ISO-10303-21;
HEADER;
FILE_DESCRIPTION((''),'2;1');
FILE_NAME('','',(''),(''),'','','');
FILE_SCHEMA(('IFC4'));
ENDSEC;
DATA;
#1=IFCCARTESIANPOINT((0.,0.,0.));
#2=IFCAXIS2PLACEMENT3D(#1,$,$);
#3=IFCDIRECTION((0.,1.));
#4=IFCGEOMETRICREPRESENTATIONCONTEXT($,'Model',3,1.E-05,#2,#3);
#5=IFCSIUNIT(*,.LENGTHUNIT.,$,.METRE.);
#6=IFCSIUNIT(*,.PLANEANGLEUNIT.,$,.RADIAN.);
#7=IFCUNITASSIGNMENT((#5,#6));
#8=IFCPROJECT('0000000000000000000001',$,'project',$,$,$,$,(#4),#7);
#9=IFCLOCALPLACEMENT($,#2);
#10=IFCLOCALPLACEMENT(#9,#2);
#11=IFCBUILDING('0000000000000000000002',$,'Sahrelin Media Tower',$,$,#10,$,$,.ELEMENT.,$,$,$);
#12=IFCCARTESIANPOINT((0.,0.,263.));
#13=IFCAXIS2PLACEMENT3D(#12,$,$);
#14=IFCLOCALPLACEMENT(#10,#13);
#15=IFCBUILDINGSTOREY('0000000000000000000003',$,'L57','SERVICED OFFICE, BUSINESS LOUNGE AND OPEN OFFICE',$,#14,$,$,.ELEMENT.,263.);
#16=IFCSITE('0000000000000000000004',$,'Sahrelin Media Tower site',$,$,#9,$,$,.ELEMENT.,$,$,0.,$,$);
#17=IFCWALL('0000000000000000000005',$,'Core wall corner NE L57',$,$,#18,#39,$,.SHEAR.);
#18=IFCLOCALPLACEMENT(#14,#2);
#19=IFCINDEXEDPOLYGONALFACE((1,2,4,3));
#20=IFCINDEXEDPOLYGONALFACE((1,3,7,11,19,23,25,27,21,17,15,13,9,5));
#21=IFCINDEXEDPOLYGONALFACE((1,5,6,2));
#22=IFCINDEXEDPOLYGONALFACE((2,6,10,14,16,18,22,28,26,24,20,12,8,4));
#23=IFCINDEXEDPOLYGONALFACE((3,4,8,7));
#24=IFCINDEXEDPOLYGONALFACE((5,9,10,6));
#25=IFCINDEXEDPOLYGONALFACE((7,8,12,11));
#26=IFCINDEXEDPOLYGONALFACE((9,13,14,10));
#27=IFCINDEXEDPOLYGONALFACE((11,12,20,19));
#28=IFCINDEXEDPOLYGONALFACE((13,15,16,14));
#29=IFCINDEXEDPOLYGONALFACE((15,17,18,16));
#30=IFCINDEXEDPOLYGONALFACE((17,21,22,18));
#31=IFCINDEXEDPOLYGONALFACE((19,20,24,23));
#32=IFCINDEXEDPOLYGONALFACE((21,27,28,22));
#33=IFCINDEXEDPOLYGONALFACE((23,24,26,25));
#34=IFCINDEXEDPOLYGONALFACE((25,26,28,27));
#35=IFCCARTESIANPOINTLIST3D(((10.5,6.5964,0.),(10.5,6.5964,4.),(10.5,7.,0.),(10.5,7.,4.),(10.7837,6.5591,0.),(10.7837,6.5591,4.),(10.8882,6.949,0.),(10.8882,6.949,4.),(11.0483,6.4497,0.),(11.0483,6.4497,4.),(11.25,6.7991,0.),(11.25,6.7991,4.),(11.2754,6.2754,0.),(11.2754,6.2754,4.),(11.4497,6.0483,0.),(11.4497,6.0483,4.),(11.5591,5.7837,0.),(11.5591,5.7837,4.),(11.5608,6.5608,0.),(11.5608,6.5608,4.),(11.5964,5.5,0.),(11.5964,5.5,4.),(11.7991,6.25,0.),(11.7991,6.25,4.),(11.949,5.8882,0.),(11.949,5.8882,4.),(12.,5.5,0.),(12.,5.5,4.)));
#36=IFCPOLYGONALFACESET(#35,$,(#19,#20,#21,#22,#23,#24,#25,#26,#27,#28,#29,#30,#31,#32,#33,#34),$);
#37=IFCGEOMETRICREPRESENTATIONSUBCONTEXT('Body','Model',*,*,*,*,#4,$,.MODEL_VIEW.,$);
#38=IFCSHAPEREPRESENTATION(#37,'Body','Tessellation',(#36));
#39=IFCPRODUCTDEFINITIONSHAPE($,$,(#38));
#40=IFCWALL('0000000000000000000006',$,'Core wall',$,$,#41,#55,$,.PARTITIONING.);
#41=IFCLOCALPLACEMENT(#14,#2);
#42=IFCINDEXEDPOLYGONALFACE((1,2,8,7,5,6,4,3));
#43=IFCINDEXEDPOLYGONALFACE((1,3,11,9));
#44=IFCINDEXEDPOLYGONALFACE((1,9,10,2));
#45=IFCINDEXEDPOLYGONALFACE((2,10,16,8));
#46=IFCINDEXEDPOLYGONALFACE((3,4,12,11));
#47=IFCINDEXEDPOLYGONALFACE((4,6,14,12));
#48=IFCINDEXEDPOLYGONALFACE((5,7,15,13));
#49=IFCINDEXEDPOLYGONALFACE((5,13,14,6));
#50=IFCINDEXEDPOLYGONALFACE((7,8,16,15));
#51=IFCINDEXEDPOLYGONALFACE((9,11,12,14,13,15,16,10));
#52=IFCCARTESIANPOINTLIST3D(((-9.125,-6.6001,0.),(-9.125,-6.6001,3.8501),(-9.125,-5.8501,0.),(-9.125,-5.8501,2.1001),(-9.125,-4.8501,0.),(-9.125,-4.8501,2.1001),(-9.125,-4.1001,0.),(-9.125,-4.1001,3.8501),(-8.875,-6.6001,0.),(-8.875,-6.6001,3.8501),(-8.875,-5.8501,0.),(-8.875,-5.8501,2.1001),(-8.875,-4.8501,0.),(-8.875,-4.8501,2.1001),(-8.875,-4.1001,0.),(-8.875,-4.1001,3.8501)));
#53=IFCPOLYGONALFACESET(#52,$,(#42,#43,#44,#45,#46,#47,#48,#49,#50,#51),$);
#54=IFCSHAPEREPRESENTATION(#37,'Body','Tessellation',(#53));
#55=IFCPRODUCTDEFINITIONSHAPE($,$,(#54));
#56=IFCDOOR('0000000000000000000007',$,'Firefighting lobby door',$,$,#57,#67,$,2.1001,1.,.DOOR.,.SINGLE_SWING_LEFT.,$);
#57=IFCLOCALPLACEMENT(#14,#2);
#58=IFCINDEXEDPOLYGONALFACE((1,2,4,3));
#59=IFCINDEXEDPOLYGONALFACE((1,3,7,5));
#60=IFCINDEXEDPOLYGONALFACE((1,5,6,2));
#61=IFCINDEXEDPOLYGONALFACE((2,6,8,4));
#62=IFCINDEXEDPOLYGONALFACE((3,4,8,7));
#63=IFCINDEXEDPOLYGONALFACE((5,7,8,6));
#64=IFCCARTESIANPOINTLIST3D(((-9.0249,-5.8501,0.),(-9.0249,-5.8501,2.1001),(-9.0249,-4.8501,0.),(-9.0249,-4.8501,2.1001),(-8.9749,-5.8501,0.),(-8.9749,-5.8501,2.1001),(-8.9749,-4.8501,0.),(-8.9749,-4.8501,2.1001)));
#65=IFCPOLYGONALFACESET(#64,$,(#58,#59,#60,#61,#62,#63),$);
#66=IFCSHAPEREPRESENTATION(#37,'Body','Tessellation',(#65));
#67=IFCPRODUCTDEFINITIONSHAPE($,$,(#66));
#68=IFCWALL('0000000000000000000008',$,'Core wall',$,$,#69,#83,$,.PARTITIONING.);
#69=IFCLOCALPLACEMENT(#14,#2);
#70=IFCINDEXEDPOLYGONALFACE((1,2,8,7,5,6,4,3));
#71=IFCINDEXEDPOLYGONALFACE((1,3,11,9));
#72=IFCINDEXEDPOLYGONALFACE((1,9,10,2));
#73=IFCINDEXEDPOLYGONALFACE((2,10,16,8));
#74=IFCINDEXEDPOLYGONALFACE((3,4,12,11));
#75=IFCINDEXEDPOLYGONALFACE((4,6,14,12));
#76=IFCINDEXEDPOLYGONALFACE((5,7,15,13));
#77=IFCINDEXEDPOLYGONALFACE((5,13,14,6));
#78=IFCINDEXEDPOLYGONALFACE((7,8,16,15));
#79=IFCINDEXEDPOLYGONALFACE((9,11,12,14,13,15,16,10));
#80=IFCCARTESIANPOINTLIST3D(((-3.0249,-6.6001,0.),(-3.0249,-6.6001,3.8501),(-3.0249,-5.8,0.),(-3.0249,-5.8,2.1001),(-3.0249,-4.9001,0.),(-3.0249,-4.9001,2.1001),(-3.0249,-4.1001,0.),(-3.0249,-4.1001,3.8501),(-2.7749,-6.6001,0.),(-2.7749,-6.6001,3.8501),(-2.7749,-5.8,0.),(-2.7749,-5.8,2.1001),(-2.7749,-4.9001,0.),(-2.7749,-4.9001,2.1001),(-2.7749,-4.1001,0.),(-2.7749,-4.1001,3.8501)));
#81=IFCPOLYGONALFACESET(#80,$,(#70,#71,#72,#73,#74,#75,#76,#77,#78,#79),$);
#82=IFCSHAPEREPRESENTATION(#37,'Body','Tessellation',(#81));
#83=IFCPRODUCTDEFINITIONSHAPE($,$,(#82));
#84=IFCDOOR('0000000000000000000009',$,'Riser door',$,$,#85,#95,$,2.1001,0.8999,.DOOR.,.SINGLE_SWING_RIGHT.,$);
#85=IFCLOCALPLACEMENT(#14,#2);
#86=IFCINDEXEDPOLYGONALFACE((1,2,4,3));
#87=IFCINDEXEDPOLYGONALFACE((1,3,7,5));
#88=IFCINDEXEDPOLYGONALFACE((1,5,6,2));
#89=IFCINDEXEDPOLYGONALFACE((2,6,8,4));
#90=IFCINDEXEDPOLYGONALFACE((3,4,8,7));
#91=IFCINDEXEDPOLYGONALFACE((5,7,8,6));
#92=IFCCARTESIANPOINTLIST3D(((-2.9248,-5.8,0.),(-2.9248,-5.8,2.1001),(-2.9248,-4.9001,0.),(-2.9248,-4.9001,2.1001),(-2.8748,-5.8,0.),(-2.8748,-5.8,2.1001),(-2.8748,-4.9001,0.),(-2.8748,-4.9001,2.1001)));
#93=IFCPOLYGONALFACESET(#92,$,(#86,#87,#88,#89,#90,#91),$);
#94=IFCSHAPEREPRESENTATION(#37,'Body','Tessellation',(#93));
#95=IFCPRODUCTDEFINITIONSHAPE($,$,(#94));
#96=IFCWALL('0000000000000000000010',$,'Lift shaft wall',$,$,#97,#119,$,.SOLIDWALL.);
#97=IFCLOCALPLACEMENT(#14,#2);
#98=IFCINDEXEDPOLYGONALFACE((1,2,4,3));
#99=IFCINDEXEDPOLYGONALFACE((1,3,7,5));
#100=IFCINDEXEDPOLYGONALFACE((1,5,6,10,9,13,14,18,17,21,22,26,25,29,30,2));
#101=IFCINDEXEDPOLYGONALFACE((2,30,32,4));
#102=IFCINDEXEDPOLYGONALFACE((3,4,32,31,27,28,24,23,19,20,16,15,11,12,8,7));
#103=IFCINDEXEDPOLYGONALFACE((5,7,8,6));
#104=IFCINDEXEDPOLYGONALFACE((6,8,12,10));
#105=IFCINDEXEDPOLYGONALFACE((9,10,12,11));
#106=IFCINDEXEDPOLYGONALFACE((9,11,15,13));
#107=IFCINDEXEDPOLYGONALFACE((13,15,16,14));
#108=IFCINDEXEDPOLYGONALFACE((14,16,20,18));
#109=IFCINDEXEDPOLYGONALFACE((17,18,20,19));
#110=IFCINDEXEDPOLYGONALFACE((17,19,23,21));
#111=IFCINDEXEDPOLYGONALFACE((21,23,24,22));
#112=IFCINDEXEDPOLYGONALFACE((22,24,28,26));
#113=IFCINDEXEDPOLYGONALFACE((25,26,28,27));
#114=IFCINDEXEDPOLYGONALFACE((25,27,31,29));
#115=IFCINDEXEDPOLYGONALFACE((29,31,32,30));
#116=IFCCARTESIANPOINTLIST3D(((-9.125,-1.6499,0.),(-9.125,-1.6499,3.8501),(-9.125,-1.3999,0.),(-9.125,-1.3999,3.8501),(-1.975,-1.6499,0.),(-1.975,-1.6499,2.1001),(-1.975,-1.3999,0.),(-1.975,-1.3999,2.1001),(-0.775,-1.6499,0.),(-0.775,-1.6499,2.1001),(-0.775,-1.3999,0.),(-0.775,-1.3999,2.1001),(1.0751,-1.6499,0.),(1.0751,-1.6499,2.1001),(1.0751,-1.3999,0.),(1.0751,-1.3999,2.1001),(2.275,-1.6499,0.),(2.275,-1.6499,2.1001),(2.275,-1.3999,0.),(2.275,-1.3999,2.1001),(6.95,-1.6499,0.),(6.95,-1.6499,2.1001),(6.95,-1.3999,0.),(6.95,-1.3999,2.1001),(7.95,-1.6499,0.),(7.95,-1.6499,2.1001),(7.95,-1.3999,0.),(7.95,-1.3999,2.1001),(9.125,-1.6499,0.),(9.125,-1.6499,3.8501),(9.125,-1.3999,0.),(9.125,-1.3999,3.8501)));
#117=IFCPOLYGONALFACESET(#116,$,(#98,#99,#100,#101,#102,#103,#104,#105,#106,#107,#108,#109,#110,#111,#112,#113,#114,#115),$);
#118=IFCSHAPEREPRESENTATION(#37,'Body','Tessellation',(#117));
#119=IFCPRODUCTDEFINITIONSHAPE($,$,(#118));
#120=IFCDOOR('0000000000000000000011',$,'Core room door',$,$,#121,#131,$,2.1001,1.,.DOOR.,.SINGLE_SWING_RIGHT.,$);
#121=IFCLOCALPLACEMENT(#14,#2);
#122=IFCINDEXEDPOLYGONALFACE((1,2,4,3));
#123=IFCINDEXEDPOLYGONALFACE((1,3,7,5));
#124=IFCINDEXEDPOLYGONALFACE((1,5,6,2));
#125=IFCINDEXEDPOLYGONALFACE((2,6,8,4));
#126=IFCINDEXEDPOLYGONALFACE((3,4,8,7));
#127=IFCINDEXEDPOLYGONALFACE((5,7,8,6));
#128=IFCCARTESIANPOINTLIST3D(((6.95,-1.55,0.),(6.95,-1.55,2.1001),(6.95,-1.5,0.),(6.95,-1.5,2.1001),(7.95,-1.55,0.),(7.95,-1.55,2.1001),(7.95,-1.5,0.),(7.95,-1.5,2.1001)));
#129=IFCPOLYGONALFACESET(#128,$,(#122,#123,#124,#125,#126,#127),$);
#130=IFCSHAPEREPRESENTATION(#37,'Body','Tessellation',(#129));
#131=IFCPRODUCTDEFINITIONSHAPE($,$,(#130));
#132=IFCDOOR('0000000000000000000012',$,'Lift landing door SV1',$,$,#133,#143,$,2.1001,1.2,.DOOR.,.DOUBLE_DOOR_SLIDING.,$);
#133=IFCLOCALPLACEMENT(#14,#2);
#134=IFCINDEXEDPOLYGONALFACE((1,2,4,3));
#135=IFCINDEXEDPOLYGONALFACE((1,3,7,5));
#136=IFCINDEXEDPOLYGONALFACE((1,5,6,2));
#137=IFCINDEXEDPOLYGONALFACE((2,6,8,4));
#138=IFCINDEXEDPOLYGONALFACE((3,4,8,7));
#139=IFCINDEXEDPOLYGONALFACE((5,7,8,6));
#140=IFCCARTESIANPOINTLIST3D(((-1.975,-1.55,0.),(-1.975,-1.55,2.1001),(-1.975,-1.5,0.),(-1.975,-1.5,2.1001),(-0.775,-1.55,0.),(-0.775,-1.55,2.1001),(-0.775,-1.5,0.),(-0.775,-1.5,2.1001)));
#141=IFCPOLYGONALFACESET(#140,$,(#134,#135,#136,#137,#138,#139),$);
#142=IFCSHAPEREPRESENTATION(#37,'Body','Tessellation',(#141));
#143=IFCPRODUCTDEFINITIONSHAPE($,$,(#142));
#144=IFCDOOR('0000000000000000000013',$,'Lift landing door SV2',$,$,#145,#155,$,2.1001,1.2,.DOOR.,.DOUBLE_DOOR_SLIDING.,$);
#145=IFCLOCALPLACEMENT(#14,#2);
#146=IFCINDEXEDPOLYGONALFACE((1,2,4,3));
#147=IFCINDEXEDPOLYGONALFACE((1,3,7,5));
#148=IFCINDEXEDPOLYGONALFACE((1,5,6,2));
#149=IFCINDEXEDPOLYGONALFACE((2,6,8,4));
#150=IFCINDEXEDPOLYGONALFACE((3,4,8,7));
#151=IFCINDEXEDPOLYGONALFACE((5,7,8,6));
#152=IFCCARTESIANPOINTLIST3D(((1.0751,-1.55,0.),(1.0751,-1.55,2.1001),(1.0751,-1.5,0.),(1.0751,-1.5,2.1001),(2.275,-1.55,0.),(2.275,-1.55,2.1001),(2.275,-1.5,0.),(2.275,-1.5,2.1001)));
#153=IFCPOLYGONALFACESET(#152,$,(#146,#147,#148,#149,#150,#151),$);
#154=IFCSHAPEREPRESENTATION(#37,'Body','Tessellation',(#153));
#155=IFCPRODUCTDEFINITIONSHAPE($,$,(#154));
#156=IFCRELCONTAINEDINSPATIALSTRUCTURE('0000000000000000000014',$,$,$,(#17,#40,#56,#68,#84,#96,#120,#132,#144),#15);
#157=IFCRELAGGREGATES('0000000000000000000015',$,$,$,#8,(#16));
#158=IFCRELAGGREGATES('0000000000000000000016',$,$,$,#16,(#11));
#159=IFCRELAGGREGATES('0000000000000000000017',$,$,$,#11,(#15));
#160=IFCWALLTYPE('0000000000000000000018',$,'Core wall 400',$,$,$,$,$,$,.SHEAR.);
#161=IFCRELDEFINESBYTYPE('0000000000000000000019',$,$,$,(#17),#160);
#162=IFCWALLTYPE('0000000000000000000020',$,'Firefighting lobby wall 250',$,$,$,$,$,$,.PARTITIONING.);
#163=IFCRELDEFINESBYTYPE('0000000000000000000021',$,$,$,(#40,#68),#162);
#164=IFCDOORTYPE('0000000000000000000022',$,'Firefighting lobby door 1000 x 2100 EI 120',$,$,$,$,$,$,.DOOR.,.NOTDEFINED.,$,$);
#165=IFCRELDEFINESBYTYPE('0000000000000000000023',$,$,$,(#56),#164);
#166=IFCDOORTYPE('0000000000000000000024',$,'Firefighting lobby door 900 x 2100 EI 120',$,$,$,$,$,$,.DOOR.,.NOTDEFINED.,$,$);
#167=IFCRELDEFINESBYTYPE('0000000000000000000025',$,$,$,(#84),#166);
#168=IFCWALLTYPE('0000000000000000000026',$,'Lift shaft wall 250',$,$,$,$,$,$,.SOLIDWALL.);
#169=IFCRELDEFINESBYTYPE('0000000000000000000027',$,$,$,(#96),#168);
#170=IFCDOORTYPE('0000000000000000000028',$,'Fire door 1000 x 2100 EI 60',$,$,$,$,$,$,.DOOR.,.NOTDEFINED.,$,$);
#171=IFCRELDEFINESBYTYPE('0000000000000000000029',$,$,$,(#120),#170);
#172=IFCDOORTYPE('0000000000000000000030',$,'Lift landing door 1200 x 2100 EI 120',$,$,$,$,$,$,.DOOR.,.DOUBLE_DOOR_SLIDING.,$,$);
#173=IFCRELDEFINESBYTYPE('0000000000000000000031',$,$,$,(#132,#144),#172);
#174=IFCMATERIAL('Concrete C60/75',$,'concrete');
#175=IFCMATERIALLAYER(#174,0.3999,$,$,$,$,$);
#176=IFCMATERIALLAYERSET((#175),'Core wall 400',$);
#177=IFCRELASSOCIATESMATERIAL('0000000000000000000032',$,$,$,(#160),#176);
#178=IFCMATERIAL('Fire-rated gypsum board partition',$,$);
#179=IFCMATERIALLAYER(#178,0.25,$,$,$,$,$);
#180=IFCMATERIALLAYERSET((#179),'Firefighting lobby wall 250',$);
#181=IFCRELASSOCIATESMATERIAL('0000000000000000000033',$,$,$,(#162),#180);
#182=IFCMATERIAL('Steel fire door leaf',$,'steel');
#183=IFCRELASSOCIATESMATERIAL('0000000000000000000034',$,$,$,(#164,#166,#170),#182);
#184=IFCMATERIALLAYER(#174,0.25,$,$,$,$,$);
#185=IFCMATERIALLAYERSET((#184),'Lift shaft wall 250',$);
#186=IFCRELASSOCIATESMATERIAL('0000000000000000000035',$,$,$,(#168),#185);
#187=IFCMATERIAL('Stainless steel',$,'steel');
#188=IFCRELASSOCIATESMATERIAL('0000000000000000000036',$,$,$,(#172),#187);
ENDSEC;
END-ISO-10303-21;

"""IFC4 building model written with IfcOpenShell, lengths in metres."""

from ifc_helpers import new_model, si_unit, direction, frame, frame_2d, origin, place, context, subcontext, project, spatial, polyline, rectangle, outline, extrude, material, layer, layer_set, type_object, element, fill, save


model = new_model("IFC4")

# Units and contexts
model_context = context("Model", 3, precision=1e-05, world=origin(), true_north=direction((0.0, 1.0)))
body_context = subcontext(model_context, "Body", "Model", "MODEL_VIEW")
ifc_project = project(units=[si_unit("LENGTHUNIT", "METRE"), si_unit("PLANEANGLEUNIT", "RADIAN")], contexts=[model_context])

# Site, building, storey
site_placement = place(None, origin())
site = spatial("IfcSite", under=ifc_project, at=site_placement, Name="Sahrelin Media Tower site", CompositionType="ELEMENT", RefElevation=0.0)
building_placement = place(site_placement, origin())
building = spatial("IfcBuilding", under=site, at=building_placement, Name="Sahrelin Media Tower", CompositionType="ELEMENT")
storey_placement = place(building_placement, frame((0.0, 0.0, 263.0)))
storey = spatial("IfcBuildingStorey", under=building, at=storey_placement, Name="L57", Description="SERVICED OFFICE, BUSINESS LOUNGE AND OPEN OFFICE", CompositionType="ELEMENT", Elevation=263.0)

# Wall
ifc_material_1 = material(Name="Concrete C60/75", Category="concrete")
ifc_layer_1 = layer(ifc_material_1, 0.3999)
ifc_layer_set_1 = layer_set([ifc_layer_1], Name="Core wall 400")
wall_type_1 = type_object("IfcWallType", Name="Core wall 400", PredefinedType="SHEAR", material=ifc_layer_set_1)
wall_1_placement = place(storey_placement, origin())
element("IfcWall", 1, at=wall_1_placement, inside=storey, type_object=wall_type_1, Name="Core wall corner NE L57", PredefinedType="SHEAR", context=body_context, shape_type="SweptSolid", body=[
    extrude(outline(polyline([(10.5, 7.0), (10.5, 6.5964), (10.7837, 6.5591), (11.0483, 6.4497), (11.2754, 6.2754), (11.4497, 6.0483), (11.5591, 5.7837), (11.5964, 5.5), (12.0, 5.5), (11.949, 5.8882), (11.7991, 6.25), (11.5608, 6.5608), (11.25, 6.7991), (10.8882, 6.949), (10.5, 7.0)])), origin(), (0.0, 0.0, 1.0), 4.0),
])

# Walls, openings, doors
ifc_material_2 = material(Name="Fire-rated gypsum board partition")
ifc_layer_2 = layer(ifc_material_2, 0.25)
ifc_layer_set_2 = layer_set([ifc_layer_2], Name="Firefighting lobby wall 250")
wall_type_2 = type_object("IfcWallType", Name="Firefighting lobby wall 250", PredefinedType="PARTITIONING", material=ifc_layer_set_2)
wall_2_placement = place(storey_placement, frame((-9.0, -6.6001, 0.0), z_axis=(0.0, 0.0, 1.0), x_axis=(0.0, 1.0, 0.0)))
wall_2 = element("IfcWall", 2, at=wall_2_placement, inside=storey, type_object=wall_type_2, Name="Core wall", PredefinedType="PARTITIONING", context=body_context, shape_type="SweptSolid", body=[
    extrude(rectangle(XDim=2.5, YDim=0.25, at=frame_2d((1.25, 0.0))), origin(), (0.0, 0.0, 1.0), 3.8501),
])
opening_1_placement = place(wall_2_placement, frame((0.75, 0.0, 0.0)))
opening_1 = element("IfcOpeningElement", 3, at=opening_1_placement, cuts=wall_2, PredefinedType="OPENING", context=body_context, shape_type="SweptSolid", body=[
    extrude(rectangle(XDim=1.0, YDim=2.1001, at=frame_2d((0.5, 1.05))), frame((0.0, 0.125, 0.0), z_axis=(0.0, -1.0, 0.0), x_axis=(1.0, 0.0, 0.0)), (0.0, 0.0, 1.0), 0.25),
])
ifc_material_3 = material(Name="Steel fire door leaf", Category="steel")
door_type_1 = type_object("IfcDoorType", Name="Firefighting lobby door 1000 x 2100 EI 120", OperationType="NOTDEFINED", PredefinedType="DOOR", material=ifc_material_3)
door_1_placement = place(opening_1_placement, origin())
door_1 = element("IfcDoor", 4, at=door_1_placement, inside=storey, type_object=door_type_1, Name="Firefighting lobby door", OperationType="SINGLE_SWING_LEFT", OverallHeight=2.1001, OverallWidth=1.0, PredefinedType="DOOR", context=body_context, shape_type="SweptSolid", body=[
    extrude(rectangle(XDim=1.0, YDim=2.1001, at=frame_2d((0.5, 1.05))), frame((0.0, 0.0249, 0.0), z_axis=(0.0, -1.0, 0.0), x_axis=(1.0, 0.0, 0.0)), (0.0, 0.0, 1.0), 0.05),
])
fill(opening_1, door_1)
wall_3_placement = place(storey_placement, frame((-2.8999, -6.6001, 0.0), z_axis=(0.0, 0.0, 1.0), x_axis=(0.0, 1.0, 0.0)))
wall_3 = element("IfcWall", 5, at=wall_3_placement, inside=storey, type_object=wall_type_2, Name="Core wall", PredefinedType="PARTITIONING", context=body_context, shape_type="SweptSolid", body=[
    extrude(rectangle(XDim=2.5, YDim=0.25, at=frame_2d((1.25, 0.0))), origin(), (0.0, 0.0, 1.0), 3.8501),
])
opening_2_placement = place(wall_3_placement, frame((0.8, 0.0, 0.0)))
opening_2 = element("IfcOpeningElement", 6, at=opening_2_placement, cuts=wall_3, PredefinedType="OPENING", context=body_context, shape_type="SweptSolid", body=[
    extrude(rectangle(XDim=0.8999, YDim=2.1001, at=frame_2d((0.45, 1.05))), frame((0.0, 0.125, 0.0), z_axis=(0.0, -1.0, 0.0), x_axis=(1.0, 0.0, 0.0)), (0.0, 0.0, 1.0), 0.25),
])
door_type_2 = type_object("IfcDoorType", Name="Firefighting lobby door 900 x 2100 EI 120", OperationType="NOTDEFINED", PredefinedType="DOOR", material=ifc_material_3)
door_2_placement = place(opening_2_placement, origin())
door_2 = element("IfcDoor", 7, at=door_2_placement, inside=storey, type_object=door_type_2, Name="Riser door", OperationType="SINGLE_SWING_RIGHT", OverallHeight=2.1001, OverallWidth=0.8999, PredefinedType="DOOR", context=body_context, shape_type="SweptSolid", body=[
    extrude(rectangle(XDim=0.8999, YDim=2.1001, at=frame_2d((0.45, 1.05))), frame((0.0, 0.0249, 0.0), z_axis=(0.0, -1.0, 0.0), x_axis=(1.0, 0.0, 0.0)), (0.0, 0.0, 1.0), 0.05),
])
fill(opening_2, door_2)

# Wall, openings, doors
ifc_layer_3 = layer(ifc_material_1, 0.25)
ifc_layer_set_3 = layer_set([ifc_layer_3], Name="Lift shaft wall 250")
wall_type_3 = type_object("IfcWallType", Name="Lift shaft wall 250", PredefinedType="SOLIDWALL", material=ifc_layer_set_3)
wall_4_placement = place(storey_placement, frame((-9.125, -1.5249, 0.0), z_axis=(0.0, 0.0, 1.0), x_axis=(1.0, 0.0, 0.0)))
wall_4 = element("IfcWall", 8, at=wall_4_placement, inside=storey, type_object=wall_type_3, Name="Lift shaft wall", PredefinedType="SOLIDWALL", context=body_context, shape_type="SweptSolid", body=[
    extrude(rectangle(XDim=18.25, YDim=0.25, at=frame_2d((9.125, 0.0))), origin(), (0.0, 0.0, 1.0), 3.8501),
])
opening_3_placement = place(wall_4_placement, frame((7.1499, 0.0, 0.0)))
opening_3 = element("IfcOpeningElement", 9, at=opening_3_placement, cuts=wall_4, PredefinedType="OPENING", context=body_context, shape_type="SweptSolid", body=[
    extrude(rectangle(XDim=1.2, YDim=2.1001, at=frame_2d((0.6001, 1.05))), frame((0.0, 0.125, 0.0), z_axis=(0.0, -1.0, 0.0), x_axis=(1.0, 0.0, 0.0)), (0.0, 0.0, 1.0), 0.25),
])
opening_4_placement = place(wall_4_placement, frame((10.2, 0.0, 0.0)))
opening_4 = element("IfcOpeningElement", 10, at=opening_4_placement, cuts=wall_4, PredefinedType="OPENING", context=body_context, shape_type="SweptSolid", body=[
    extrude(rectangle(XDim=1.2, YDim=2.1001, at=frame_2d((0.6001, 1.05))), frame((0.0, 0.125, 0.0), z_axis=(0.0, -1.0, 0.0), x_axis=(1.0, 0.0, 0.0)), (0.0, 0.0, 1.0), 0.25),
])
opening_5_placement = place(wall_4_placement, frame((16.075, 0.0, 0.0)))
opening_5 = element("IfcOpeningElement", 11, at=opening_5_placement, cuts=wall_4, PredefinedType="OPENING", context=body_context, shape_type="SweptSolid", body=[
    extrude(rectangle(XDim=1.0, YDim=2.1001, at=frame_2d((0.5, 1.05))), frame((0.0, 0.125, 0.0), z_axis=(0.0, -1.0, 0.0), x_axis=(1.0, 0.0, 0.0)), (0.0, 0.0, 1.0), 0.25),
])
door_type_3 = type_object("IfcDoorType", Name="Fire door 1000 x 2100 EI 60", OperationType="NOTDEFINED", PredefinedType="DOOR", material=ifc_material_3)
door_3_placement = place(opening_5_placement, origin())
door_3 = element("IfcDoor", 12, at=door_3_placement, inside=storey, type_object=door_type_3, Name="Core room door", OperationType="SINGLE_SWING_RIGHT", OverallHeight=2.1001, OverallWidth=1.0, PredefinedType="DOOR", context=body_context, shape_type="SweptSolid", body=[
    extrude(rectangle(XDim=1.0, YDim=2.1001, at=frame_2d((0.5, 1.05))), frame((0.0, 0.0249, 0.0), z_axis=(0.0, -1.0, 0.0), x_axis=(1.0, 0.0, 0.0)), (0.0, 0.0, 1.0), 0.05),
])
fill(opening_5, door_3)
ifc_material_4 = material(Name="Stainless steel", Category="steel")
door_type_4 = type_object("IfcDoorType", Name="Lift landing door 1200 x 2100 EI 120", OperationType="DOUBLE_DOOR_SLIDING", PredefinedType="DOOR", material=ifc_material_4)
door_4_placement = place(opening_3_placement, origin())
door_4 = element("IfcDoor", 13, at=door_4_placement, inside=storey, type_object=door_type_4, Name="Lift landing door SV1", OperationType="DOUBLE_DOOR_SLIDING", OverallHeight=2.1001, OverallWidth=1.2, PredefinedType="DOOR", context=body_context, shape_type="SweptSolid", body=[
    extrude(rectangle(XDim=1.2, YDim=2.1001, at=frame_2d((0.6001, 1.05))), frame((0.0, 0.0249, 0.0), z_axis=(0.0, -1.0, 0.0), x_axis=(1.0, 0.0, 0.0)), (0.0, 0.0, 1.0), 0.05),
])
fill(opening_3, door_4)
door_5_placement = place(opening_4_placement, origin())
door_5 = element("IfcDoor", 14, at=door_5_placement, inside=storey, type_object=door_type_4, Name="Lift landing door SV2", OperationType="DOUBLE_DOOR_SLIDING", OverallHeight=2.1001, OverallWidth=1.2, PredefinedType="DOOR", context=body_context, shape_type="SweptSolid", body=[
    extrude(rectangle(XDim=1.2, YDim=2.1001, at=frame_2d((0.6001, 1.05))), frame((0.0, 0.0249, 0.0), z_axis=(0.0, -1.0, 0.0), x_axis=(1.0, 0.0, 0.0)), (0.0, 0.0, 1.0), 0.05),
])
fill(opening_4, door_5)

save(model, "model.ifc")
